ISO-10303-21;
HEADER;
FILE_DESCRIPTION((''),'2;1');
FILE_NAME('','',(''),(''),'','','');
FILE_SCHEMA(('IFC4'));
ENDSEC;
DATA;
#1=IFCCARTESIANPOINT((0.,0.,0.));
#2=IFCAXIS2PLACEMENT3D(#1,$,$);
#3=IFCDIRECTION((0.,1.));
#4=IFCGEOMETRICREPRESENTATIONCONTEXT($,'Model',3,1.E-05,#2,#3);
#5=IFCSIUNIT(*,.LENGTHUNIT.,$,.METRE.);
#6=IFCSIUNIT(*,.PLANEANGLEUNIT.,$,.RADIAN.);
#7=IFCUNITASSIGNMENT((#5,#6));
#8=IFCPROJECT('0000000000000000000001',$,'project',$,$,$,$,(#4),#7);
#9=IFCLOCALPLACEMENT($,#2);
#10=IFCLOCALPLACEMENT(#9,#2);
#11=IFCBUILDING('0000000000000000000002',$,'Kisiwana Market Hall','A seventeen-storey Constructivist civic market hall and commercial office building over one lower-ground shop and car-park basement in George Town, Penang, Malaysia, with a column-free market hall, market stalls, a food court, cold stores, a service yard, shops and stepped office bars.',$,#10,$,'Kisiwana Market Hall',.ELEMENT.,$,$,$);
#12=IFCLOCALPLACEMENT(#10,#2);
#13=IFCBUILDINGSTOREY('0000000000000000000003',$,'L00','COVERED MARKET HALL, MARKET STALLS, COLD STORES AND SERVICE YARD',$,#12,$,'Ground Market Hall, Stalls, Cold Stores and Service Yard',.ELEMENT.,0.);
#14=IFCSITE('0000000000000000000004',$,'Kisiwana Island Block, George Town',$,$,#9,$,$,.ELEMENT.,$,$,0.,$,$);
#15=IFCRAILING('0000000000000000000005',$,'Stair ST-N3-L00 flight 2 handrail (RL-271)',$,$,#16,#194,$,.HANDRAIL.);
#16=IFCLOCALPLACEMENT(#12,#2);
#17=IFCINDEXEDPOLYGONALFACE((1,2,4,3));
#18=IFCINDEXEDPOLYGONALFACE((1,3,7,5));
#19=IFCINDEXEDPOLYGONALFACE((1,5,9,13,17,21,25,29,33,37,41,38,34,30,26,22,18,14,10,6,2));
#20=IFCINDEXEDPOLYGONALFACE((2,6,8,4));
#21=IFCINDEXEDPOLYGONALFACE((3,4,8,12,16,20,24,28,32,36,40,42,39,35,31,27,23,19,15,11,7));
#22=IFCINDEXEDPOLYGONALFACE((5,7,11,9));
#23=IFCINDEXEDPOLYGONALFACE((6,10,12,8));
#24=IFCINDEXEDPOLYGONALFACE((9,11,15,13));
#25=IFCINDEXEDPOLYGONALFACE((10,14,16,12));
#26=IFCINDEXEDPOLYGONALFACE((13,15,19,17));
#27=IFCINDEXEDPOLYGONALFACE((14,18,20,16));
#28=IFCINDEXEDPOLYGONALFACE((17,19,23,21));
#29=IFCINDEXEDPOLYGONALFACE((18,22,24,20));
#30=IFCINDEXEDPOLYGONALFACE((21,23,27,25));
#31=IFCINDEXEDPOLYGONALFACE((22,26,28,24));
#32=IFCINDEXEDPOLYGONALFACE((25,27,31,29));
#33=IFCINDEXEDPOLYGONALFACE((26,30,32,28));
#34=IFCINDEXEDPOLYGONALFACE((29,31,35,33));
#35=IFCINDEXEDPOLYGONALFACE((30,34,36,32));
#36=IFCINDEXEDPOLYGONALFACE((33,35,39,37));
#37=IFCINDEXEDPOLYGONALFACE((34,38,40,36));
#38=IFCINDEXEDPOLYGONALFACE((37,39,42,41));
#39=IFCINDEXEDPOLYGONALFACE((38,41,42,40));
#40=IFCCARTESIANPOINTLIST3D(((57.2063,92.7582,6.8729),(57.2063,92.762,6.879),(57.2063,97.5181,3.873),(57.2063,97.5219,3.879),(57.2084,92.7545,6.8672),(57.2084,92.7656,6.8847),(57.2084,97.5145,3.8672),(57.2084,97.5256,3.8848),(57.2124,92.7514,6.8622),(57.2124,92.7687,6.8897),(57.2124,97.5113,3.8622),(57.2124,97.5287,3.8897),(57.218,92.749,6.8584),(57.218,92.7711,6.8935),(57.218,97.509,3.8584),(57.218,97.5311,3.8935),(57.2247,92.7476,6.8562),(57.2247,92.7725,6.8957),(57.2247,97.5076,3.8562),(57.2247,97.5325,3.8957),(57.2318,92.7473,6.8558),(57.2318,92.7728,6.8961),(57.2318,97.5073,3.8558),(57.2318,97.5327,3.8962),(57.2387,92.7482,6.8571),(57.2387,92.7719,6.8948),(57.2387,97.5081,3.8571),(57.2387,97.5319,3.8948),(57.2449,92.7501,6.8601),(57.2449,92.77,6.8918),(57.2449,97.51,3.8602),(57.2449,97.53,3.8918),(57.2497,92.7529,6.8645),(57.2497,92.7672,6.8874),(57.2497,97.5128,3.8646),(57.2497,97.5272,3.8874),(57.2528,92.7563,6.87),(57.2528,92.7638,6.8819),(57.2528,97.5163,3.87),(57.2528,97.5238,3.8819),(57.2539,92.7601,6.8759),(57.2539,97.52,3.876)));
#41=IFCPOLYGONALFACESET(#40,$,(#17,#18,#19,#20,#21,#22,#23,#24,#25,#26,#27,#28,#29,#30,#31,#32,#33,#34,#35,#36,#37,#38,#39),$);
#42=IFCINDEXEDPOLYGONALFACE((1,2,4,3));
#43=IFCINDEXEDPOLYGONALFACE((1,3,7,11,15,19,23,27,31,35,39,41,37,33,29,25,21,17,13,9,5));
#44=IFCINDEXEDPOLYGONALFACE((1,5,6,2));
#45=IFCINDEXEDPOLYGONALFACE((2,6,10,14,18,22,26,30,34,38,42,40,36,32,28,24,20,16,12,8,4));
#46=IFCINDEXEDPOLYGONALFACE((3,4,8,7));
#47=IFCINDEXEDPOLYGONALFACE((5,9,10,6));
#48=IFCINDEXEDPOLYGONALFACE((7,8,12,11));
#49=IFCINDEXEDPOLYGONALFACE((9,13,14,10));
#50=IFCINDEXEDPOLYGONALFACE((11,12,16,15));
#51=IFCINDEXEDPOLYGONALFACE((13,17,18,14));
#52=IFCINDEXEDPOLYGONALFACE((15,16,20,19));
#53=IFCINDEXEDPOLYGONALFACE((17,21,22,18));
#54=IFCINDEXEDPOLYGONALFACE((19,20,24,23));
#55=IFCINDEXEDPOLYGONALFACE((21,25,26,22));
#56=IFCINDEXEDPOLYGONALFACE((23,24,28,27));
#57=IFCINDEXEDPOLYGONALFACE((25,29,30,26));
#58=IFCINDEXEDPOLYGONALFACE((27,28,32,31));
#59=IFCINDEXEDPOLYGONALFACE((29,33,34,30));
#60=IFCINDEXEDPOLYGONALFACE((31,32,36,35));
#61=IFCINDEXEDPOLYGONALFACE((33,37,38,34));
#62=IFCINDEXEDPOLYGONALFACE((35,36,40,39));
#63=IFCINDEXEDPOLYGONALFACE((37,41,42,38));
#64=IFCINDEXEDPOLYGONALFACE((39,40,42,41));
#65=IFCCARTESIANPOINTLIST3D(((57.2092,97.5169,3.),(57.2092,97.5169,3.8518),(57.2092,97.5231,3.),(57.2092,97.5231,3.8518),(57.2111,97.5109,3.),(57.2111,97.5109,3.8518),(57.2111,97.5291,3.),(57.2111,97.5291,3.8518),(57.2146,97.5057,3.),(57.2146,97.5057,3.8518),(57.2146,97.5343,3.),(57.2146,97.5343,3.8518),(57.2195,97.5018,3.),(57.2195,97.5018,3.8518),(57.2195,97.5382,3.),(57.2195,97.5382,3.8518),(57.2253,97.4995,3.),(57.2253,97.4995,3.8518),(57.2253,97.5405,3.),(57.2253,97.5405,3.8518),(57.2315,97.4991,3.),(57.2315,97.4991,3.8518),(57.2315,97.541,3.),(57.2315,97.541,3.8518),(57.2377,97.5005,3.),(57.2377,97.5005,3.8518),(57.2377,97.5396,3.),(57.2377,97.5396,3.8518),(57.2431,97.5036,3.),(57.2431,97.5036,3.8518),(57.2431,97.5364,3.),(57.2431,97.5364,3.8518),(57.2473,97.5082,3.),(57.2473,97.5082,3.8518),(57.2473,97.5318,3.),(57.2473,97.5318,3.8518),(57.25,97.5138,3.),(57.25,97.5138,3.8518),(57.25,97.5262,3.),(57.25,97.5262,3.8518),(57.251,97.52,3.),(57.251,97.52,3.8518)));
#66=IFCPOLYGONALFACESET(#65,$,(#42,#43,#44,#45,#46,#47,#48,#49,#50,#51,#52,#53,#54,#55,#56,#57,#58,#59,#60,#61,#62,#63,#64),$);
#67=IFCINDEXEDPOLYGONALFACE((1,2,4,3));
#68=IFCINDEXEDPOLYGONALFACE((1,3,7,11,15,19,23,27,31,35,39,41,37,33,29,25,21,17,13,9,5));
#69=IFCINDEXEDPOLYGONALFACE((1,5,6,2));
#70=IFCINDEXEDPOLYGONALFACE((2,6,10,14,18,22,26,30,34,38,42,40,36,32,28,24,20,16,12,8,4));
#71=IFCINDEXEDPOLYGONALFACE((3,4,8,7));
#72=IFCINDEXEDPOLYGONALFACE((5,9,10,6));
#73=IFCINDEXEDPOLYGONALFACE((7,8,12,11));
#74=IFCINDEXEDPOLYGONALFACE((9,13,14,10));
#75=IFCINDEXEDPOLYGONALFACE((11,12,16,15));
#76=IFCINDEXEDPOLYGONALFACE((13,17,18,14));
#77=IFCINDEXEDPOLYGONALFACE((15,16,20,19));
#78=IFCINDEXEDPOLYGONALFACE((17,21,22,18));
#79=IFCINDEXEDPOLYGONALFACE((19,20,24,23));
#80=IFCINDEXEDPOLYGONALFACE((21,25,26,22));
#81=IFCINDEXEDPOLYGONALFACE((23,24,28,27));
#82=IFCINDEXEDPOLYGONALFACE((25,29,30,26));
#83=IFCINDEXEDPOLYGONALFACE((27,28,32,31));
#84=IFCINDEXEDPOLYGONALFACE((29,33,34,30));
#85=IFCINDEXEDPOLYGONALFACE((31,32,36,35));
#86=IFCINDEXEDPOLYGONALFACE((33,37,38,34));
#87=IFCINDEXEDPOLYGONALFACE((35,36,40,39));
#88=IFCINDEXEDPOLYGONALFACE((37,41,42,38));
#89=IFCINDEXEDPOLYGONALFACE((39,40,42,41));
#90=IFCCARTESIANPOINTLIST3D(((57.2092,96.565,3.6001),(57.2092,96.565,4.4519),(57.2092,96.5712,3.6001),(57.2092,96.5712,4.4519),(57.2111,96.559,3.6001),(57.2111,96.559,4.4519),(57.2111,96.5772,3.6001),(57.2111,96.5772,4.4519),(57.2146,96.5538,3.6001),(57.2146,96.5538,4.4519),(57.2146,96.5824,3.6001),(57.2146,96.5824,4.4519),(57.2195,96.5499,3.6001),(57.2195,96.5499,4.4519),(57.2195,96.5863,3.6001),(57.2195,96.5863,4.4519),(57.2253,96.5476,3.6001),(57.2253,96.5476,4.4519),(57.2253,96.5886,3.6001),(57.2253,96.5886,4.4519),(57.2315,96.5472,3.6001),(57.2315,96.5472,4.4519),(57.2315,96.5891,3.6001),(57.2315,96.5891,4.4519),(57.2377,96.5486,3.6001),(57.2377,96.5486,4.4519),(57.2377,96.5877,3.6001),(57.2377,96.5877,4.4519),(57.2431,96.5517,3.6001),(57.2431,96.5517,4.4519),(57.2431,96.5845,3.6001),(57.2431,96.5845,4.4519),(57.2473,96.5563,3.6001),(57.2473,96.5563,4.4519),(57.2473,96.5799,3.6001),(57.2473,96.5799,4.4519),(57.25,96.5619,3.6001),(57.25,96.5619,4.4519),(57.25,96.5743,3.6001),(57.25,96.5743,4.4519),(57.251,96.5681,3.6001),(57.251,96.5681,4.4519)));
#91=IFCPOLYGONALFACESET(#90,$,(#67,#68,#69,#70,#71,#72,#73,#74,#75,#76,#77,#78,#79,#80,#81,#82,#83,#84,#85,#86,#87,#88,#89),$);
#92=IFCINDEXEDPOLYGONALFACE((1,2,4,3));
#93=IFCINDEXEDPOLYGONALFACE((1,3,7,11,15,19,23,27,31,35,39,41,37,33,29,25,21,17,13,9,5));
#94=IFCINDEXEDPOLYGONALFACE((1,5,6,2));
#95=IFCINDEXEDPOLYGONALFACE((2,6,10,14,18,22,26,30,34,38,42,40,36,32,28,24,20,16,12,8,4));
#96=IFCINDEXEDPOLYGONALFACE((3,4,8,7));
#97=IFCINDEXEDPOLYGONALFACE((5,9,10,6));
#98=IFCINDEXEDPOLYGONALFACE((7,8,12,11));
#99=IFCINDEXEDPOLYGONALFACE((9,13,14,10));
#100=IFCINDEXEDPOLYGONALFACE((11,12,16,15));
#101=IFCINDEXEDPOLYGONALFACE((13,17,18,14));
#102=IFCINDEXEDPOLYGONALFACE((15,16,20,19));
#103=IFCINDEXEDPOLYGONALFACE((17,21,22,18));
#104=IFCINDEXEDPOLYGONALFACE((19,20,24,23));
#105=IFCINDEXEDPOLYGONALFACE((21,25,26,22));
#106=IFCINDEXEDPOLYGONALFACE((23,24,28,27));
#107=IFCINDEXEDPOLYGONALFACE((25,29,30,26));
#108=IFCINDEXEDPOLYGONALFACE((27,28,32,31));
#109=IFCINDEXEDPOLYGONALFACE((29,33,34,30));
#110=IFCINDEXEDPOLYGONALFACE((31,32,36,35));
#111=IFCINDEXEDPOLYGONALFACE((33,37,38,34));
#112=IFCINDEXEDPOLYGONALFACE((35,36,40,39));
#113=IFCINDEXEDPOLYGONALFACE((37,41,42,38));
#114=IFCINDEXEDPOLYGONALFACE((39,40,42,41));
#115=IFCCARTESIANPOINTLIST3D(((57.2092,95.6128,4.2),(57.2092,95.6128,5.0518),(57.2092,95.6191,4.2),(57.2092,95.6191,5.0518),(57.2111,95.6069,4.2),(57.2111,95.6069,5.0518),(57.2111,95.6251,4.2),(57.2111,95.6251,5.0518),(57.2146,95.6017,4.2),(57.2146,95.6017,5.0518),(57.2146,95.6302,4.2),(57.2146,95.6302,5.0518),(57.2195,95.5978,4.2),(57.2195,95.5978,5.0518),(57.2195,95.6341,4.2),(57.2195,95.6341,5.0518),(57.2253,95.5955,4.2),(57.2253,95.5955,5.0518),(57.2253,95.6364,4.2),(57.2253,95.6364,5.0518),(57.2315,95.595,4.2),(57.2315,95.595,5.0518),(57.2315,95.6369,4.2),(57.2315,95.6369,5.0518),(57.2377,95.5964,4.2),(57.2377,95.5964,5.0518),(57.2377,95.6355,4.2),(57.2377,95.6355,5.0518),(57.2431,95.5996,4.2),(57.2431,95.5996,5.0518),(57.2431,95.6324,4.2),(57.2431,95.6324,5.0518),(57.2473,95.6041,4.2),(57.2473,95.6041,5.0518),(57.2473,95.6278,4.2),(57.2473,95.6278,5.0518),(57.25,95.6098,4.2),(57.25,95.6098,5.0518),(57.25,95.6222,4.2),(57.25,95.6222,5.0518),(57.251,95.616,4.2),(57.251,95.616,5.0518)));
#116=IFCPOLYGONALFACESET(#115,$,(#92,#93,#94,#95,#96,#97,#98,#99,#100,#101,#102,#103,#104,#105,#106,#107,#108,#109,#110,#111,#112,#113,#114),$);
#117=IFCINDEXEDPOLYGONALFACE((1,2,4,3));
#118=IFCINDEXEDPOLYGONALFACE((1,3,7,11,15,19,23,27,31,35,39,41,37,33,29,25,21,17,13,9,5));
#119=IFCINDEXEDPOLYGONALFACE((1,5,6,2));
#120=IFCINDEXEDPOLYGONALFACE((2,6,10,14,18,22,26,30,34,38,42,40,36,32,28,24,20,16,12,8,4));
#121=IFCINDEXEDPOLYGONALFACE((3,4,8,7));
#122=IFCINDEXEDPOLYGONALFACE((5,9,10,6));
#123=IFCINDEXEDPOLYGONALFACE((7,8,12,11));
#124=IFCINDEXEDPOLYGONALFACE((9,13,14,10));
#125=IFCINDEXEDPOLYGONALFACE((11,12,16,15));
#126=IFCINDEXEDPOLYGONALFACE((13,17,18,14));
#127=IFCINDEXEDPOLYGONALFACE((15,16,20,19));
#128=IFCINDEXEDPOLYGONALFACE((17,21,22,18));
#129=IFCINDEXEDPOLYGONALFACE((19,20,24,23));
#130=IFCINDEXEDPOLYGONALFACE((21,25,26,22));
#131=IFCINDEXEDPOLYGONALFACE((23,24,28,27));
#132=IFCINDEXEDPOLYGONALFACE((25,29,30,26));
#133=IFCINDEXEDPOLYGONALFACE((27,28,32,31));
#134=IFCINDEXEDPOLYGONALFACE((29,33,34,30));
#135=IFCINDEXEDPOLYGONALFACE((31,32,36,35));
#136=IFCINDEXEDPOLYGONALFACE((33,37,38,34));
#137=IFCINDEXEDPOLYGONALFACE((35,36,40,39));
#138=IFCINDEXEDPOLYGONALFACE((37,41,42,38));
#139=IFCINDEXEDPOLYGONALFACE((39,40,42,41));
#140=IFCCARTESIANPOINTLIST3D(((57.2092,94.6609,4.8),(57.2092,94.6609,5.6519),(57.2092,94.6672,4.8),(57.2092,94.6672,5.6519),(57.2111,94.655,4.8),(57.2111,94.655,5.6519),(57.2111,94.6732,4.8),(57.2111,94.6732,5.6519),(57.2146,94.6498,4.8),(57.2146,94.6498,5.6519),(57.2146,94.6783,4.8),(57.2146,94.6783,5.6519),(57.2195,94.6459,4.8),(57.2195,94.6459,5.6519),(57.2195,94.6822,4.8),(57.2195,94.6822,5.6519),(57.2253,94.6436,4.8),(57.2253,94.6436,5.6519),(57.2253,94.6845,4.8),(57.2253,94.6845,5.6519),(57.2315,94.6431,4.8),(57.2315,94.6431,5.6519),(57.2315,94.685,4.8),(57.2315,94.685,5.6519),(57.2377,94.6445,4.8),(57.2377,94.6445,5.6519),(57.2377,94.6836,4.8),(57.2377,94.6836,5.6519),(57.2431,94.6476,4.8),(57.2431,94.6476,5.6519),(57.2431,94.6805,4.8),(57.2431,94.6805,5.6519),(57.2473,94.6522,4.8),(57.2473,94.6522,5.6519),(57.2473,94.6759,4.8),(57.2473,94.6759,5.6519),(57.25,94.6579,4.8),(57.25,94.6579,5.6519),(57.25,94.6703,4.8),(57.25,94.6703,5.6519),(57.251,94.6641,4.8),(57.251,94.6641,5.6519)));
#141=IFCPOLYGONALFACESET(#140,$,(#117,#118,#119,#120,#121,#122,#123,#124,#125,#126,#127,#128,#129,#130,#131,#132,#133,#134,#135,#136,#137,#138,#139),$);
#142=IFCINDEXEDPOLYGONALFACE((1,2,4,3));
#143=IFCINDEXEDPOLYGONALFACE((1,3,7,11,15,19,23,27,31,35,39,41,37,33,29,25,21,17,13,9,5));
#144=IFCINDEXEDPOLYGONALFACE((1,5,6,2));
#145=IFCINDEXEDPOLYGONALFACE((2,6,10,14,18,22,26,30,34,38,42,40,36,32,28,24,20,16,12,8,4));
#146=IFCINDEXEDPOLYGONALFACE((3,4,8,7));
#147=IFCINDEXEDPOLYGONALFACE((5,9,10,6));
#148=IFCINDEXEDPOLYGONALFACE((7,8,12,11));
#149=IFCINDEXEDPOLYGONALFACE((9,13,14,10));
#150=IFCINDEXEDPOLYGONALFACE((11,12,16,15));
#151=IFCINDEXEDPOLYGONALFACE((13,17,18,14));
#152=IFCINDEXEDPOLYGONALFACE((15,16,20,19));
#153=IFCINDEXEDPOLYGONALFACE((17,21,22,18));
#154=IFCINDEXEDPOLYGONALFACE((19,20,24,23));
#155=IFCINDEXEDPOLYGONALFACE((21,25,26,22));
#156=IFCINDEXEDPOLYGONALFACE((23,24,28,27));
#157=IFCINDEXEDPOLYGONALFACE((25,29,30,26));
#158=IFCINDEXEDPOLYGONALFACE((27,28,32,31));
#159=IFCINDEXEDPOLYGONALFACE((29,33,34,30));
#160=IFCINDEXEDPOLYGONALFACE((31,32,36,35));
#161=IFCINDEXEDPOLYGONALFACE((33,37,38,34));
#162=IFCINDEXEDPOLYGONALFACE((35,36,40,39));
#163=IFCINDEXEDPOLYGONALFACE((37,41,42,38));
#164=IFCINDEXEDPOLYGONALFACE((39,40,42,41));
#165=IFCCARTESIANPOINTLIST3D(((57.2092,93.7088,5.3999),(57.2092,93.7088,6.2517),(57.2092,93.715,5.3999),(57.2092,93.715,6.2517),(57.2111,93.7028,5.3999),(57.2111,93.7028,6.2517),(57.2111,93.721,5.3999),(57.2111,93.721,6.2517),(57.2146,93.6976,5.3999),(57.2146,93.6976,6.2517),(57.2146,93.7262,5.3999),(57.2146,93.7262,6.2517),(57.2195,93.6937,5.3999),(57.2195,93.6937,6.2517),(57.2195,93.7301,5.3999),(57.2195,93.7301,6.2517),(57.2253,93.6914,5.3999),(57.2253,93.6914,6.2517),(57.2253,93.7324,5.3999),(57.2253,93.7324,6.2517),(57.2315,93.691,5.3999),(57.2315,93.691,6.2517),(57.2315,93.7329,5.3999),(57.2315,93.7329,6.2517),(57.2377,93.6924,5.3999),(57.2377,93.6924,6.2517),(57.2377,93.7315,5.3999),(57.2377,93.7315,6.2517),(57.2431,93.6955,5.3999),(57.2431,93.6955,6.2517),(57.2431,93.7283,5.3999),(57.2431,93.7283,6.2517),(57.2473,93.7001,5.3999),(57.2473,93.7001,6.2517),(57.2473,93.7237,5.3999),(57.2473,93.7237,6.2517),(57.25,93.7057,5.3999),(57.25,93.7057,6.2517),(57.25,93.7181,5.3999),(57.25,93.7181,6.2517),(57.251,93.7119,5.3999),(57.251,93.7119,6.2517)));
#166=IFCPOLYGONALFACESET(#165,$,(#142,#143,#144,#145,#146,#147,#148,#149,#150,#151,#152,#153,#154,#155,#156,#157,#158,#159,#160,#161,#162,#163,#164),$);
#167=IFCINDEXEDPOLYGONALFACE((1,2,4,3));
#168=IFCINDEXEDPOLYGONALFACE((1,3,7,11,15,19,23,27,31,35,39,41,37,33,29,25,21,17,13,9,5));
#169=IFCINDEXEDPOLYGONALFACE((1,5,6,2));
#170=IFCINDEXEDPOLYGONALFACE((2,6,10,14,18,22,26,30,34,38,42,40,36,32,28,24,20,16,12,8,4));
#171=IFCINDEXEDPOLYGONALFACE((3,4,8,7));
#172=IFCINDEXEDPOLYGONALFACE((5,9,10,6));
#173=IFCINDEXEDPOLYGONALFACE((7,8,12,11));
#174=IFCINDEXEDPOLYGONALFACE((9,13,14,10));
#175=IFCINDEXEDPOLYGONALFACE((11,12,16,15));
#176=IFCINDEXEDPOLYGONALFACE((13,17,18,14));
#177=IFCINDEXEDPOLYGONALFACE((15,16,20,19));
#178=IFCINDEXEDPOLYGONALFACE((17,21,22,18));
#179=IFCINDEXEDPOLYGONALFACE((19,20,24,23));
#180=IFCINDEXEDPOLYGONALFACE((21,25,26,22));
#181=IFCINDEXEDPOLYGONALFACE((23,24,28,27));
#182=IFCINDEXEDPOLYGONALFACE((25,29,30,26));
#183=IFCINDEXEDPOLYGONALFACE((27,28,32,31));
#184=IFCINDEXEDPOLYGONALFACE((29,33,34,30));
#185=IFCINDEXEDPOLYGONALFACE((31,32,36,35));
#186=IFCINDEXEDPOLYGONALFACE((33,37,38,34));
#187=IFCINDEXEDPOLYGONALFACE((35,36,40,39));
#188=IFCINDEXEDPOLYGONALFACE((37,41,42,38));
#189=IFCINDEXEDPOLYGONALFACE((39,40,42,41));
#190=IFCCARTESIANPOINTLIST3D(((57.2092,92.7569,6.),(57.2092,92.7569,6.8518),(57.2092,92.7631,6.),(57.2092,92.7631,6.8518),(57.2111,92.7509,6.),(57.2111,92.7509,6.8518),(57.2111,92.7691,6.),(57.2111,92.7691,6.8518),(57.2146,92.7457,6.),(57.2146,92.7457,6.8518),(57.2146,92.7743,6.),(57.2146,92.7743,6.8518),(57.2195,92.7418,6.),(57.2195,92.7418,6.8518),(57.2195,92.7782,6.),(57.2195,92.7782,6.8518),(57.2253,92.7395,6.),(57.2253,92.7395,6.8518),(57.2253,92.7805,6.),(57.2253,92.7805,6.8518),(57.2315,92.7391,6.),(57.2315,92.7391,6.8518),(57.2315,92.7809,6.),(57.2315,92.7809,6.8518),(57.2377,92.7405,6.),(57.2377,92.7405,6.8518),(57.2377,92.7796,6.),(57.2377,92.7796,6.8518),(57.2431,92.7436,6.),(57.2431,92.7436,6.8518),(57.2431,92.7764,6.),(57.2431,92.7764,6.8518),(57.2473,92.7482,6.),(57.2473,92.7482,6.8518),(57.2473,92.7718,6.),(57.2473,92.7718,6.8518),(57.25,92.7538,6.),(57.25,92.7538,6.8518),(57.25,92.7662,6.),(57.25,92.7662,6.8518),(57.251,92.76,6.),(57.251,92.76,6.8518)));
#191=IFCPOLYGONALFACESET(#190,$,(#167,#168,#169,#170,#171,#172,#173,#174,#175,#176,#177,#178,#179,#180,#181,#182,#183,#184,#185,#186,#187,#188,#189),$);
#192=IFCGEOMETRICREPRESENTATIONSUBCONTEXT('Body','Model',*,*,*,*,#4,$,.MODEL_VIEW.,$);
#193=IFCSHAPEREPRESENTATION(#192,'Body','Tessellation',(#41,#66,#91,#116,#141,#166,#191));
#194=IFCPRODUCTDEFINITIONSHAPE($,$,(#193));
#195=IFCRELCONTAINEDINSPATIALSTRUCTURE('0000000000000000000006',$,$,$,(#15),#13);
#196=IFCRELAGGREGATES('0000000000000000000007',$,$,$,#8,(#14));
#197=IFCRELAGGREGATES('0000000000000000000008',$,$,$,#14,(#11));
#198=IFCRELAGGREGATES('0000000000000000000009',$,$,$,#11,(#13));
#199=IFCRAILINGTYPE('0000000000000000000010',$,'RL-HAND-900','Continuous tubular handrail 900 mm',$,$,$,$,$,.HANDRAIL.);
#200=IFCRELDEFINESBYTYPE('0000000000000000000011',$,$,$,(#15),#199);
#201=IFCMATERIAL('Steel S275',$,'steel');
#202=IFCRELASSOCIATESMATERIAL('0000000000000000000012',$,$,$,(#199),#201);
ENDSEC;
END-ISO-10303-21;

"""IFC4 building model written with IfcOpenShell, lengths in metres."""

from ifc_helpers import new_model, si_unit, direction, frame, origin, origin_2d, place, context, subcontext, project, spatial, circle, extrude, material, type_object, element, save


model = new_model("IFC4")

# Units and contexts
model_context = context("Model", 3, precision=1e-05, world=origin(), true_north=direction((0.0, 1.0)))
body_context = subcontext(model_context, "Body", "Model", "MODEL_VIEW")
ifc_project = project(units=[si_unit("LENGTHUNIT", "METRE"), si_unit("PLANEANGLEUNIT", "RADIAN")], contexts=[model_context])

# Site, building, storey
site_placement = place(None, origin())
site = spatial("IfcSite", under=ifc_project, at=site_placement, Name="Kisiwana Island Block, George Town", CompositionType="ELEMENT", RefElevation=0.0)
building_placement = place(site_placement, origin())
building = spatial("IfcBuilding", under=site, at=building_placement, Name="Kisiwana Market Hall", Description="A seventeen-storey Constructivist civic market hall and commercial office building over one lower-ground shop and car-park basement in George Town, Penang, Malaysia, with a column-free market hall, market stalls, a food court, cold stores, a service yard, shops and stepped office bars.", LongName="Kisiwana Market Hall", CompositionType="ELEMENT")
storey_placement = place(building_placement, origin())
storey = spatial("IfcBuildingStorey", under=building, at=storey_placement, Name="L00", Description="COVERED MARKET HALL, MARKET STALLS, COLD STORES AND SERVICE YARD", LongName="Ground Market Hall, Stalls, Cold Stores and Service Yard", CompositionType="ELEMENT", Elevation=0.0)

# Railing
ifc_material_1 = material(Name="Steel S275", Category="steel")
railing_type_1 = type_object("IfcRailingType", Name="RL-HAND-900", Description="Continuous tubular handrail 900 mm", PredefinedType="HANDRAIL", material=ifc_material_1)
for number, where, name in (
    (1, (57.23, 97.52, 3.0), "Stair ST-N3-L00 flight 2 handrail (RL-271)"),
):
    element("IfcRailing", number, at=place(storey_placement, frame(where)), inside=storey, type_object=railing_type_1, Name=name, PredefinedType="HANDRAIL", context=body_context, shape_type="SweptSolid", body=[
        extrude(circle(Radius=0.0239, at=origin_2d()), frame((0.0, 0.0, 0.876), z_axis=(0.0, -0.845996, 0.53319), x_axis=(1.0, 0.0, 0.0)), (0.0, 0.0, 1.0), 5.6265),
        extrude(circle(Radius=0.021, at=origin_2d()), origin(), (0.0, 0.0, 1.0), 0.8518),
        extrude(circle(Radius=0.021, at=origin_2d()), frame((0.0, -0.9519, 0.6001)), (0.0, 0.0, 1.0), 0.8518),
        extrude(circle(Radius=0.021, at=origin_2d()), frame((0.0, -1.9041, 1.2)), (0.0, 0.0, 1.0), 0.8518),
        extrude(circle(Radius=0.021, at=origin_2d()), frame((0.0, -2.856, 1.8)), (0.0, 0.0, 1.0), 0.8518),
        extrude(circle(Radius=0.021, at=origin_2d()), frame((0.0, -3.8081, 2.3999)), (0.0, 0.0, 1.0), 0.8518),
        extrude(circle(Radius=0.021, at=origin_2d()), frame((0.0, -4.76, 3.0)), (0.0, 0.0, 1.0), 0.8518),
    ])

save(model, "model.ifc")
